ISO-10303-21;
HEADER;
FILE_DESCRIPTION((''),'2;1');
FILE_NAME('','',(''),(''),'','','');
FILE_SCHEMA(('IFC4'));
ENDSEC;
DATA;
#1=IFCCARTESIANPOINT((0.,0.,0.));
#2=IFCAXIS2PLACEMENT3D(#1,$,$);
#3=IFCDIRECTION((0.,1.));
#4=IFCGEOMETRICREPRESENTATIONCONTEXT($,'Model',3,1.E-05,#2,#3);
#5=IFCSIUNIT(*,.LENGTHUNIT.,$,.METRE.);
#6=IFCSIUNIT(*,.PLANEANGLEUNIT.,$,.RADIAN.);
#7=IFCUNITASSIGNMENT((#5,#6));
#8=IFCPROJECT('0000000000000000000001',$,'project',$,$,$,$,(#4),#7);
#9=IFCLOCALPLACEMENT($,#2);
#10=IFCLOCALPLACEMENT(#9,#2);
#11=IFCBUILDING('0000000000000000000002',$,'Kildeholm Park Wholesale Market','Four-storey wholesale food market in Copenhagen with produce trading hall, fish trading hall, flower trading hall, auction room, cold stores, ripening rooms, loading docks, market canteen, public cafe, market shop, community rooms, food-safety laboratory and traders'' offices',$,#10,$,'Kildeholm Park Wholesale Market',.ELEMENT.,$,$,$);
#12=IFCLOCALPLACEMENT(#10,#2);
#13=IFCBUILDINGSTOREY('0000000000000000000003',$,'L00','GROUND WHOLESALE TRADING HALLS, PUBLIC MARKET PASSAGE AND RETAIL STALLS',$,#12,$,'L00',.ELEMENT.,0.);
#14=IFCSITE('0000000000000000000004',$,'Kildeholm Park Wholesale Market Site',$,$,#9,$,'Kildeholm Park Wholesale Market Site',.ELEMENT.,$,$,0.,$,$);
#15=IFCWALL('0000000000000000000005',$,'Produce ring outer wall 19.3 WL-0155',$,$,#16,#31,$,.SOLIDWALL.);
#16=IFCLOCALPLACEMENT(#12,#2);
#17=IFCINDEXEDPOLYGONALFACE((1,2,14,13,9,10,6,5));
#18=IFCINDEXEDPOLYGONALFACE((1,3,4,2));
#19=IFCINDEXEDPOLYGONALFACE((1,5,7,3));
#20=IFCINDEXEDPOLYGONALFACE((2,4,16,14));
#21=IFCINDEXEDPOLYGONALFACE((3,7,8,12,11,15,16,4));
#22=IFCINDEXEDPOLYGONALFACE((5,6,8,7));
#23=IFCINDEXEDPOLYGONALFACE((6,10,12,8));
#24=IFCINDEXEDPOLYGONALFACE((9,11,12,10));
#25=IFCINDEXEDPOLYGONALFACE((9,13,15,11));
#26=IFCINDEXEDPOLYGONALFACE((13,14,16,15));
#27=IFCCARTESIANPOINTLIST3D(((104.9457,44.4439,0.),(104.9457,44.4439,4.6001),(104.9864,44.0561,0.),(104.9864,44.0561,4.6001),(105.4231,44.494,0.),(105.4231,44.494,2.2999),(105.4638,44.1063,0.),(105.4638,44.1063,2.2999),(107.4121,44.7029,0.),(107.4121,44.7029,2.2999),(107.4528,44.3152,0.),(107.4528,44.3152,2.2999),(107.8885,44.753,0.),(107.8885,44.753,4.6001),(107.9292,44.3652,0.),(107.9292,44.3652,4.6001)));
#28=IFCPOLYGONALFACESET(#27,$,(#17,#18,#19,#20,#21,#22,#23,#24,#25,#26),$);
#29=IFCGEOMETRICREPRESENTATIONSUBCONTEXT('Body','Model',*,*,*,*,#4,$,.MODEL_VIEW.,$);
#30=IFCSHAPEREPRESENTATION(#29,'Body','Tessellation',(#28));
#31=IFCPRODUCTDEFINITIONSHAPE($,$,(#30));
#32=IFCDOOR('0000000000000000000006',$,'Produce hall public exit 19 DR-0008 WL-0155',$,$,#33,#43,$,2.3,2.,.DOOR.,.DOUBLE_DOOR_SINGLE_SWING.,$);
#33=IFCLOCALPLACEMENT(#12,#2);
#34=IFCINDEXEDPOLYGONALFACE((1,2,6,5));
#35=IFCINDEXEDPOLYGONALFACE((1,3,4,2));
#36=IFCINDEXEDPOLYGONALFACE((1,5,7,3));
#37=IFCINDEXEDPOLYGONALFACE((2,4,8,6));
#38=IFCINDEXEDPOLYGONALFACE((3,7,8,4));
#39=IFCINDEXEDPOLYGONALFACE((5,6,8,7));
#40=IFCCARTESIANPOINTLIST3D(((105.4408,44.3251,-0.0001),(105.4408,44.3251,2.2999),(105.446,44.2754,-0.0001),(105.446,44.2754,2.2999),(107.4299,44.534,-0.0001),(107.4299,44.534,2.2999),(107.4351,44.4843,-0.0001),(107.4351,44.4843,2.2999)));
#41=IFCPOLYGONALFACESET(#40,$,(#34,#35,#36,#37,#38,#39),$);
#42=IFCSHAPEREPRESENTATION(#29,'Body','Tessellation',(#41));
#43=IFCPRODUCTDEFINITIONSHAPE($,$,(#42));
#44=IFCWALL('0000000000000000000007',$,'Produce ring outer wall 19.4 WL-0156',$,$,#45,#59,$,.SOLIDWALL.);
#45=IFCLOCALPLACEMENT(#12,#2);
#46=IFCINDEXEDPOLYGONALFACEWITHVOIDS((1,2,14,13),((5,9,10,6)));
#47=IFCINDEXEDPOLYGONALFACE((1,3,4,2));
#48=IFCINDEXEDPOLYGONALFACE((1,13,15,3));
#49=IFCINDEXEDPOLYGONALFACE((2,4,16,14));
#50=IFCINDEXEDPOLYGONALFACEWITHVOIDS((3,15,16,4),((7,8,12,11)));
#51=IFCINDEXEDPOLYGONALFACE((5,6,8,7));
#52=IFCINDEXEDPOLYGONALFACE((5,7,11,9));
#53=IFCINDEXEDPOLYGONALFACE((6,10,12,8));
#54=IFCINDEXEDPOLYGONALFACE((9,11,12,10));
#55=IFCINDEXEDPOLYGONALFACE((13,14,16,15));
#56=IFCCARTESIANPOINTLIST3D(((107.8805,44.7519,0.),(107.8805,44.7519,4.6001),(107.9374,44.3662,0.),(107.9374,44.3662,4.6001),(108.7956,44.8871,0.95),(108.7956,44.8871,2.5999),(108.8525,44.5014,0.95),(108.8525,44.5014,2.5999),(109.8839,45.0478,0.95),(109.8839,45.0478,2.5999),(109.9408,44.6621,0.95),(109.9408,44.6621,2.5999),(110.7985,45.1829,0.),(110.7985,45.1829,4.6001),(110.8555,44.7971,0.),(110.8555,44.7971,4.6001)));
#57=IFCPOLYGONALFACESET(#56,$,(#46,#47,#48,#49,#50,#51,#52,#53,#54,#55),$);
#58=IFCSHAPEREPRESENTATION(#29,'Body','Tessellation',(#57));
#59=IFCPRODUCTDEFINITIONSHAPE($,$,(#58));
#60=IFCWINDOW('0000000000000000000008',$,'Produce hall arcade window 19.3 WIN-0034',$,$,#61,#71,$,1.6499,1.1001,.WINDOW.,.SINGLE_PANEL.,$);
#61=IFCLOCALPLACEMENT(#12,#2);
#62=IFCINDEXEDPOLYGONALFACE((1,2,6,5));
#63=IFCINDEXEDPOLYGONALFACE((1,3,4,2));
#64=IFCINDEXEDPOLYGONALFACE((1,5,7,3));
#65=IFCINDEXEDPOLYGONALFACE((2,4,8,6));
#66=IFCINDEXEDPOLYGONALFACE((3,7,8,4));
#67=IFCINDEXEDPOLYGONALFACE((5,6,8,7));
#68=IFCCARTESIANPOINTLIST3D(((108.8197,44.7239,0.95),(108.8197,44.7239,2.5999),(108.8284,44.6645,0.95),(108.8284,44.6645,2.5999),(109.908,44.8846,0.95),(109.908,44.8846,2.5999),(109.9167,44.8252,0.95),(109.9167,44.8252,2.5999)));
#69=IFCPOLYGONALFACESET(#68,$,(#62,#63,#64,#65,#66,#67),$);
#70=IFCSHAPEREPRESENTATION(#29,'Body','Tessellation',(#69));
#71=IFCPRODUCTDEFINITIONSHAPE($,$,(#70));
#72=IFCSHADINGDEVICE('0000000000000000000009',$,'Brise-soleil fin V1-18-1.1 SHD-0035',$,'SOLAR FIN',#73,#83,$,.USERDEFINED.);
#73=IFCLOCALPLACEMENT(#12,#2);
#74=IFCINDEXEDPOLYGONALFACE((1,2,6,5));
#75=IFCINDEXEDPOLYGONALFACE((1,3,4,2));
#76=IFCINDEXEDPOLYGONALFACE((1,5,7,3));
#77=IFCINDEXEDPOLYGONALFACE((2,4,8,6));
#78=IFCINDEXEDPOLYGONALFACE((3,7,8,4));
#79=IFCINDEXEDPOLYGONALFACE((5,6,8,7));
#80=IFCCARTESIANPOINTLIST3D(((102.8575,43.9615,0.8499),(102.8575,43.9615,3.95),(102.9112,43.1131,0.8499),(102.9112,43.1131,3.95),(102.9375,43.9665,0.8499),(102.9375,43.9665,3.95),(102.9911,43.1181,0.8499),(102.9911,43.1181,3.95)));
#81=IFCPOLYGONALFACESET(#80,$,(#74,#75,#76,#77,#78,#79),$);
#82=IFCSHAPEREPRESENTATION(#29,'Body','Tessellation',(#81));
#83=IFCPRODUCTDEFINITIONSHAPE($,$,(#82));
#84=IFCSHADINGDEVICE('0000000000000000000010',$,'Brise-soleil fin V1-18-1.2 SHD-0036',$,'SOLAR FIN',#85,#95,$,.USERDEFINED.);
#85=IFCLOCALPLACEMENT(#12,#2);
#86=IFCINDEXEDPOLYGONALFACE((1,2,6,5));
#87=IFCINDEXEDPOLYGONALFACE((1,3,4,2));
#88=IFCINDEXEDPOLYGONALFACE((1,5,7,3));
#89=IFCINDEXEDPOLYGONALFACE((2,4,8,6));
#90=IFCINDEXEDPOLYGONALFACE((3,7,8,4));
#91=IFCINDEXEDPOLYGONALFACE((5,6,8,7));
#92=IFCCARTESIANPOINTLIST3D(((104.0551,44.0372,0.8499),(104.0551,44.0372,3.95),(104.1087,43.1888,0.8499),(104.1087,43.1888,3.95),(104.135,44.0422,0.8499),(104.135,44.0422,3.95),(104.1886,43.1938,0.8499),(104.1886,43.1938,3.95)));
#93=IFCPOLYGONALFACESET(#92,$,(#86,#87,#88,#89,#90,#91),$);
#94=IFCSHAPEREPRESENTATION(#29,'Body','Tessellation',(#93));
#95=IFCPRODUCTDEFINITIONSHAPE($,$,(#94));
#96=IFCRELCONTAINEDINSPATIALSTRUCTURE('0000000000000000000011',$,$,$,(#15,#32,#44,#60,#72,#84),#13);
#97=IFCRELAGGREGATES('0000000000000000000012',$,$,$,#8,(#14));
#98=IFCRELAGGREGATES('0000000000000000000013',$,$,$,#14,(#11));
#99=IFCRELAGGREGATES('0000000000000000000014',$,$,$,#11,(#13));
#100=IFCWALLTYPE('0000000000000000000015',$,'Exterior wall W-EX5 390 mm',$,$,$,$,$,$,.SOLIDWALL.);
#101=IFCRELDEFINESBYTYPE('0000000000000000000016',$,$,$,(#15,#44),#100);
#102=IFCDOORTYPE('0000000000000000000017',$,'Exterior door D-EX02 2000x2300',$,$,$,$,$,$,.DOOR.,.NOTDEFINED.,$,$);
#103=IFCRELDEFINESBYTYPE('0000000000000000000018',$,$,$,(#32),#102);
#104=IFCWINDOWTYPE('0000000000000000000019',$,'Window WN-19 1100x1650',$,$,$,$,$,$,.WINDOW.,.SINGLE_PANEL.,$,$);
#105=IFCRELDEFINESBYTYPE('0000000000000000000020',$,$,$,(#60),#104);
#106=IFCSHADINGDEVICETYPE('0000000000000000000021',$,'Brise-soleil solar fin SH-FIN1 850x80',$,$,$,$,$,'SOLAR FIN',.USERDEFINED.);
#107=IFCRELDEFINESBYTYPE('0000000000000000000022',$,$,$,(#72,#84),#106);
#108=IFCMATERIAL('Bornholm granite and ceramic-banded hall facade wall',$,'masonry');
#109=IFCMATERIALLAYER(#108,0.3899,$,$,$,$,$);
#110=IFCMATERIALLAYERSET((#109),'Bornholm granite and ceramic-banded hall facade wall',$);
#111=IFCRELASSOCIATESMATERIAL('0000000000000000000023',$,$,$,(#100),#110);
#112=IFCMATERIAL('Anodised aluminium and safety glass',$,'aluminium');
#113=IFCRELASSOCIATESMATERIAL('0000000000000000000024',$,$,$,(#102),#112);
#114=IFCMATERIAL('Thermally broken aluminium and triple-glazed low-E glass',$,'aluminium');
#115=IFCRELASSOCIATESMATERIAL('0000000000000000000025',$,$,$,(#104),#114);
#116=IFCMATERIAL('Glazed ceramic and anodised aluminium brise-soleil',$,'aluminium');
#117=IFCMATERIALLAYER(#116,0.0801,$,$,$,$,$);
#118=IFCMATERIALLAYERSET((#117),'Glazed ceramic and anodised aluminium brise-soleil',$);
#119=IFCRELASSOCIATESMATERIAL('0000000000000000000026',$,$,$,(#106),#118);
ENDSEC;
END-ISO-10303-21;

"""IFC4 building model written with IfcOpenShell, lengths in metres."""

from ifc_helpers import new_model, si_unit, direction, frame, frame_2d, origin, origin_2d, place, context, subcontext, project, spatial, rectangle, extrude, material, layer, layer_set, type_object, element, fill, save


model = new_model("IFC4")

# Units and contexts
model_context = context("Model", 3, precision=1e-05, world=origin(), true_north=direction((0.0, 1.0)))
body_context = subcontext(model_context, "Body", "Model", "MODEL_VIEW")
ifc_project = project(units=[si_unit("LENGTHUNIT", "METRE"), si_unit("PLANEANGLEUNIT", "RADIAN")], contexts=[model_context])

# Site, building, storey
site_placement = place(None, origin())
site = spatial("IfcSite", under=ifc_project, at=site_placement, Name="Kildeholm Park Wholesale Market Site", LongName="Kildeholm Park Wholesale Market Site", CompositionType="ELEMENT", RefElevation=0.0)
building_placement = place(site_placement, origin())
building = spatial("IfcBuilding", under=site, at=building_placement, Name="Kildeholm Park Wholesale Market", Description="Four-storey wholesale food market in Copenhagen with produce trading hall, fish trading hall, flower trading hall, auction room, cold stores, ripening rooms, loading docks, market canteen, public cafe, market shop, community rooms, food-safety laboratory and traders' offices", LongName="Kildeholm Park Wholesale Market", CompositionType="ELEMENT")
storey_placement = place(building_placement, origin())
storey = spatial("IfcBuildingStorey", under=building, at=storey_placement, Name="L00", Description="GROUND WHOLESALE TRADING HALLS, PUBLIC MARKET PASSAGE AND RETAIL STALLS", LongName="L00", CompositionType="ELEMENT", Elevation=0.0)

# Shared definitions
ifc_material_1 = material(Name="Bornholm granite and ceramic-banded hall facade wall", Category="masonry")
ifc_layer_1 = layer(ifc_material_1, 0.3899)
ifc_layer_set_1 = layer_set([ifc_layer_1], Name="Bornholm granite and ceramic-banded hall facade wall")
wall_type_1 = type_object("IfcWallType", Name="Exterior wall W-EX5 390 mm", PredefinedType="SOLIDWALL", material=ifc_layer_set_1)
ifc_material_2 = material(Name="Thermally broken aluminium and triple-glazed low-E glass", Category="aluminium")

# Wall, opening, door
wall_1_placement = place(storey_placement, frame((104.9661, 44.25, 0.0), z_axis=(0.0, 0.0, 1.0), x_axis=(0.99453, 0.104453, 0.0)))
wall_1 = element("IfcWall", 1, at=wall_1_placement, inside=storey, type_object=wall_type_1, Name="Produce ring outer wall 19.3 WL-0155", PredefinedType="SOLIDWALL", context=body_context, shape_type="SweptSolid", body=[
    extrude(rectangle(XDim=2.959, YDim=0.3899, at=frame_2d((1.4795, 0.0))), origin(), (0.0, 0.0, 1.0), 4.6001),
])
opening_1_placement = place(wall_1_placement, frame((0.48, 0.0, 0.0)))
opening_1 = element("IfcOpeningElement", 2, at=opening_1_placement, cuts=wall_1, PredefinedType="OPENING", context=body_context, shape_type="SweptSolid", body=[
    extrude(rectangle(XDim=2.0, YDim=2.3, at=frame_2d((1.0, 1.1499))), frame((0.0, 0.2048, 0.0), z_axis=(0.0, -1.0, 0.0), x_axis=(1.0, 0.0, 0.0)), (0.0, 0.0, 1.0), 0.4099),
])
ifc_material_3 = material(Name="Anodised aluminium and safety glass", Category="aluminium")
door_type = type_object("IfcDoorType", Name="Exterior door D-EX02 2000x2300", OperationType="NOTDEFINED", PredefinedType="DOOR", material=ifc_material_3)
door_placement = place(opening_1_placement, frame((2.0, 0.0, 0.0), z_axis=(0.0, 0.0, 1.0), x_axis=(-1.0, 0.0, 0.0)))
door = element("IfcDoor", 3, at=door_placement, inside=storey, type_object=door_type, Name="Produce hall public exit 19 DR-0008 WL-0155", OperationType="DOUBLE_DOOR_SINGLE_SWING", OverallHeight=2.3, OverallWidth=2.0, PredefinedType="DOOR", context=body_context, shape_type="SweptSolid", body=[
    extrude(rectangle(XDim=2.0, YDim=2.3, at=frame_2d((1.0, 1.1499))), frame((0.0, 0.0249, 0.0), z_axis=(0.0, -1.0, 0.0), x_axis=(1.0, 0.0, 0.0)), (0.0, 0.0, 1.0), 0.05),
])
fill(opening_1, door)

# Wall, opening, window
wall_2_placement = place(storey_placement, frame((107.9089, 44.5591, 0.0), z_axis=(0.0, 0.0, 1.0), x_axis=(0.989271, 0.14609, 0.0)))
wall_2 = element("IfcWall", 4, at=wall_2_placement, inside=storey, type_object=wall_type_1, Name="Produce ring outer wall 19.4 WL-0156", PredefinedType="SOLIDWALL", context=body_context, shape_type="SweptSolid", body=[
    extrude(rectangle(XDim=2.9497, YDim=0.3899, at=frame_2d((1.4749, 0.0))), origin(), (0.0, 0.0, 1.0), 4.6001),
])
opening_2_placement = place(wall_2_placement, frame((0.925, 0.0, 0.95)))
opening_2 = element("IfcOpeningElement", 5, at=opening_2_placement, cuts=wall_2, PredefinedType="OPENING", context=body_context, shape_type="SweptSolid", body=[
    extrude(rectangle(XDim=1.1001, YDim=1.6499, at=frame_2d((0.55, 0.825))), frame((0.0, 0.2048, 0.0), z_axis=(0.0, -1.0, 0.0), x_axis=(1.0, 0.0, 0.0)), (0.0, 0.0, 1.0), 0.4099),
])
window_type_1 = type_object("IfcWindowType", Name="Window WN-19 1100x1650", PartitioningType="SINGLE_PANEL", PredefinedType="WINDOW", material=ifc_material_2)
window_1_placement = place(opening_2_placement, origin())
window_1 = element("IfcWindow", 6, at=window_1_placement, inside=storey, type_object=window_type_1, Name="Produce hall arcade window 19.3 WIN-0034", OverallHeight=1.6499, OverallWidth=1.1001, PartitioningType="SINGLE_PANEL", PredefinedType="WINDOW", context=body_context, shape_type="SweptSolid", body=[
    extrude(rectangle(XDim=1.1001, YDim=1.6499, at=frame_2d((0.55, 0.825))), frame((0.0, 0.03, 0.0), z_axis=(0.0, -1.0, 0.0), x_axis=(1.0, 0.0, 0.0)), (0.0, 0.0, 1.0), 0.0601),
])
fill(opening_2, window_1)

# Shading devices
ifc_material_4 = material(Name="Glazed ceramic and anodised aluminium brise-soleil", Category="aluminium")
ifc_layer_2 = layer(ifc_material_4, 0.0801)
ifc_layer_set_2 = layer_set([ifc_layer_2], Name="Glazed ceramic and anodised aluminium brise-soleil")
shading_device_type = type_object("IfcShadingDeviceType", Name="Brise-soleil solar fin SH-FIN1 850x80", ElementType="SOLAR FIN", PredefinedType="USERDEFINED", material=ifc_layer_set_2)
for number, where, z_axis, x_axis, name in (
    (7, (102.9243, 43.5398, 0.8499), (0.0, 0.0, 1.0), (0.063069, -0.998009, 0.0), "Brise-soleil fin V1-18-1.1 SHD-0035"),
    (8, (104.1218, 43.6155, 0.8499), (0.0, 0.0, 1.0), (0.063069, -0.998009, 0.0), "Brise-soleil fin V1-18-1.2 SHD-0036"),
):
    element("IfcShadingDevice", number, at=place(storey_placement, frame(where, z_axis=z_axis, x_axis=x_axis)), inside=storey, type_object=shading_device_type, Name=name, ObjectType="SOLAR FIN", PredefinedType="USERDEFINED", context=body_context, shape_type="SweptSolid", body=[
        extrude(rectangle(XDim=0.8501, YDim=0.0801, at=origin_2d()), origin(), (0.0, 0.0, 1.0), 3.1001),
    ])

save(model, "model.ifc")
